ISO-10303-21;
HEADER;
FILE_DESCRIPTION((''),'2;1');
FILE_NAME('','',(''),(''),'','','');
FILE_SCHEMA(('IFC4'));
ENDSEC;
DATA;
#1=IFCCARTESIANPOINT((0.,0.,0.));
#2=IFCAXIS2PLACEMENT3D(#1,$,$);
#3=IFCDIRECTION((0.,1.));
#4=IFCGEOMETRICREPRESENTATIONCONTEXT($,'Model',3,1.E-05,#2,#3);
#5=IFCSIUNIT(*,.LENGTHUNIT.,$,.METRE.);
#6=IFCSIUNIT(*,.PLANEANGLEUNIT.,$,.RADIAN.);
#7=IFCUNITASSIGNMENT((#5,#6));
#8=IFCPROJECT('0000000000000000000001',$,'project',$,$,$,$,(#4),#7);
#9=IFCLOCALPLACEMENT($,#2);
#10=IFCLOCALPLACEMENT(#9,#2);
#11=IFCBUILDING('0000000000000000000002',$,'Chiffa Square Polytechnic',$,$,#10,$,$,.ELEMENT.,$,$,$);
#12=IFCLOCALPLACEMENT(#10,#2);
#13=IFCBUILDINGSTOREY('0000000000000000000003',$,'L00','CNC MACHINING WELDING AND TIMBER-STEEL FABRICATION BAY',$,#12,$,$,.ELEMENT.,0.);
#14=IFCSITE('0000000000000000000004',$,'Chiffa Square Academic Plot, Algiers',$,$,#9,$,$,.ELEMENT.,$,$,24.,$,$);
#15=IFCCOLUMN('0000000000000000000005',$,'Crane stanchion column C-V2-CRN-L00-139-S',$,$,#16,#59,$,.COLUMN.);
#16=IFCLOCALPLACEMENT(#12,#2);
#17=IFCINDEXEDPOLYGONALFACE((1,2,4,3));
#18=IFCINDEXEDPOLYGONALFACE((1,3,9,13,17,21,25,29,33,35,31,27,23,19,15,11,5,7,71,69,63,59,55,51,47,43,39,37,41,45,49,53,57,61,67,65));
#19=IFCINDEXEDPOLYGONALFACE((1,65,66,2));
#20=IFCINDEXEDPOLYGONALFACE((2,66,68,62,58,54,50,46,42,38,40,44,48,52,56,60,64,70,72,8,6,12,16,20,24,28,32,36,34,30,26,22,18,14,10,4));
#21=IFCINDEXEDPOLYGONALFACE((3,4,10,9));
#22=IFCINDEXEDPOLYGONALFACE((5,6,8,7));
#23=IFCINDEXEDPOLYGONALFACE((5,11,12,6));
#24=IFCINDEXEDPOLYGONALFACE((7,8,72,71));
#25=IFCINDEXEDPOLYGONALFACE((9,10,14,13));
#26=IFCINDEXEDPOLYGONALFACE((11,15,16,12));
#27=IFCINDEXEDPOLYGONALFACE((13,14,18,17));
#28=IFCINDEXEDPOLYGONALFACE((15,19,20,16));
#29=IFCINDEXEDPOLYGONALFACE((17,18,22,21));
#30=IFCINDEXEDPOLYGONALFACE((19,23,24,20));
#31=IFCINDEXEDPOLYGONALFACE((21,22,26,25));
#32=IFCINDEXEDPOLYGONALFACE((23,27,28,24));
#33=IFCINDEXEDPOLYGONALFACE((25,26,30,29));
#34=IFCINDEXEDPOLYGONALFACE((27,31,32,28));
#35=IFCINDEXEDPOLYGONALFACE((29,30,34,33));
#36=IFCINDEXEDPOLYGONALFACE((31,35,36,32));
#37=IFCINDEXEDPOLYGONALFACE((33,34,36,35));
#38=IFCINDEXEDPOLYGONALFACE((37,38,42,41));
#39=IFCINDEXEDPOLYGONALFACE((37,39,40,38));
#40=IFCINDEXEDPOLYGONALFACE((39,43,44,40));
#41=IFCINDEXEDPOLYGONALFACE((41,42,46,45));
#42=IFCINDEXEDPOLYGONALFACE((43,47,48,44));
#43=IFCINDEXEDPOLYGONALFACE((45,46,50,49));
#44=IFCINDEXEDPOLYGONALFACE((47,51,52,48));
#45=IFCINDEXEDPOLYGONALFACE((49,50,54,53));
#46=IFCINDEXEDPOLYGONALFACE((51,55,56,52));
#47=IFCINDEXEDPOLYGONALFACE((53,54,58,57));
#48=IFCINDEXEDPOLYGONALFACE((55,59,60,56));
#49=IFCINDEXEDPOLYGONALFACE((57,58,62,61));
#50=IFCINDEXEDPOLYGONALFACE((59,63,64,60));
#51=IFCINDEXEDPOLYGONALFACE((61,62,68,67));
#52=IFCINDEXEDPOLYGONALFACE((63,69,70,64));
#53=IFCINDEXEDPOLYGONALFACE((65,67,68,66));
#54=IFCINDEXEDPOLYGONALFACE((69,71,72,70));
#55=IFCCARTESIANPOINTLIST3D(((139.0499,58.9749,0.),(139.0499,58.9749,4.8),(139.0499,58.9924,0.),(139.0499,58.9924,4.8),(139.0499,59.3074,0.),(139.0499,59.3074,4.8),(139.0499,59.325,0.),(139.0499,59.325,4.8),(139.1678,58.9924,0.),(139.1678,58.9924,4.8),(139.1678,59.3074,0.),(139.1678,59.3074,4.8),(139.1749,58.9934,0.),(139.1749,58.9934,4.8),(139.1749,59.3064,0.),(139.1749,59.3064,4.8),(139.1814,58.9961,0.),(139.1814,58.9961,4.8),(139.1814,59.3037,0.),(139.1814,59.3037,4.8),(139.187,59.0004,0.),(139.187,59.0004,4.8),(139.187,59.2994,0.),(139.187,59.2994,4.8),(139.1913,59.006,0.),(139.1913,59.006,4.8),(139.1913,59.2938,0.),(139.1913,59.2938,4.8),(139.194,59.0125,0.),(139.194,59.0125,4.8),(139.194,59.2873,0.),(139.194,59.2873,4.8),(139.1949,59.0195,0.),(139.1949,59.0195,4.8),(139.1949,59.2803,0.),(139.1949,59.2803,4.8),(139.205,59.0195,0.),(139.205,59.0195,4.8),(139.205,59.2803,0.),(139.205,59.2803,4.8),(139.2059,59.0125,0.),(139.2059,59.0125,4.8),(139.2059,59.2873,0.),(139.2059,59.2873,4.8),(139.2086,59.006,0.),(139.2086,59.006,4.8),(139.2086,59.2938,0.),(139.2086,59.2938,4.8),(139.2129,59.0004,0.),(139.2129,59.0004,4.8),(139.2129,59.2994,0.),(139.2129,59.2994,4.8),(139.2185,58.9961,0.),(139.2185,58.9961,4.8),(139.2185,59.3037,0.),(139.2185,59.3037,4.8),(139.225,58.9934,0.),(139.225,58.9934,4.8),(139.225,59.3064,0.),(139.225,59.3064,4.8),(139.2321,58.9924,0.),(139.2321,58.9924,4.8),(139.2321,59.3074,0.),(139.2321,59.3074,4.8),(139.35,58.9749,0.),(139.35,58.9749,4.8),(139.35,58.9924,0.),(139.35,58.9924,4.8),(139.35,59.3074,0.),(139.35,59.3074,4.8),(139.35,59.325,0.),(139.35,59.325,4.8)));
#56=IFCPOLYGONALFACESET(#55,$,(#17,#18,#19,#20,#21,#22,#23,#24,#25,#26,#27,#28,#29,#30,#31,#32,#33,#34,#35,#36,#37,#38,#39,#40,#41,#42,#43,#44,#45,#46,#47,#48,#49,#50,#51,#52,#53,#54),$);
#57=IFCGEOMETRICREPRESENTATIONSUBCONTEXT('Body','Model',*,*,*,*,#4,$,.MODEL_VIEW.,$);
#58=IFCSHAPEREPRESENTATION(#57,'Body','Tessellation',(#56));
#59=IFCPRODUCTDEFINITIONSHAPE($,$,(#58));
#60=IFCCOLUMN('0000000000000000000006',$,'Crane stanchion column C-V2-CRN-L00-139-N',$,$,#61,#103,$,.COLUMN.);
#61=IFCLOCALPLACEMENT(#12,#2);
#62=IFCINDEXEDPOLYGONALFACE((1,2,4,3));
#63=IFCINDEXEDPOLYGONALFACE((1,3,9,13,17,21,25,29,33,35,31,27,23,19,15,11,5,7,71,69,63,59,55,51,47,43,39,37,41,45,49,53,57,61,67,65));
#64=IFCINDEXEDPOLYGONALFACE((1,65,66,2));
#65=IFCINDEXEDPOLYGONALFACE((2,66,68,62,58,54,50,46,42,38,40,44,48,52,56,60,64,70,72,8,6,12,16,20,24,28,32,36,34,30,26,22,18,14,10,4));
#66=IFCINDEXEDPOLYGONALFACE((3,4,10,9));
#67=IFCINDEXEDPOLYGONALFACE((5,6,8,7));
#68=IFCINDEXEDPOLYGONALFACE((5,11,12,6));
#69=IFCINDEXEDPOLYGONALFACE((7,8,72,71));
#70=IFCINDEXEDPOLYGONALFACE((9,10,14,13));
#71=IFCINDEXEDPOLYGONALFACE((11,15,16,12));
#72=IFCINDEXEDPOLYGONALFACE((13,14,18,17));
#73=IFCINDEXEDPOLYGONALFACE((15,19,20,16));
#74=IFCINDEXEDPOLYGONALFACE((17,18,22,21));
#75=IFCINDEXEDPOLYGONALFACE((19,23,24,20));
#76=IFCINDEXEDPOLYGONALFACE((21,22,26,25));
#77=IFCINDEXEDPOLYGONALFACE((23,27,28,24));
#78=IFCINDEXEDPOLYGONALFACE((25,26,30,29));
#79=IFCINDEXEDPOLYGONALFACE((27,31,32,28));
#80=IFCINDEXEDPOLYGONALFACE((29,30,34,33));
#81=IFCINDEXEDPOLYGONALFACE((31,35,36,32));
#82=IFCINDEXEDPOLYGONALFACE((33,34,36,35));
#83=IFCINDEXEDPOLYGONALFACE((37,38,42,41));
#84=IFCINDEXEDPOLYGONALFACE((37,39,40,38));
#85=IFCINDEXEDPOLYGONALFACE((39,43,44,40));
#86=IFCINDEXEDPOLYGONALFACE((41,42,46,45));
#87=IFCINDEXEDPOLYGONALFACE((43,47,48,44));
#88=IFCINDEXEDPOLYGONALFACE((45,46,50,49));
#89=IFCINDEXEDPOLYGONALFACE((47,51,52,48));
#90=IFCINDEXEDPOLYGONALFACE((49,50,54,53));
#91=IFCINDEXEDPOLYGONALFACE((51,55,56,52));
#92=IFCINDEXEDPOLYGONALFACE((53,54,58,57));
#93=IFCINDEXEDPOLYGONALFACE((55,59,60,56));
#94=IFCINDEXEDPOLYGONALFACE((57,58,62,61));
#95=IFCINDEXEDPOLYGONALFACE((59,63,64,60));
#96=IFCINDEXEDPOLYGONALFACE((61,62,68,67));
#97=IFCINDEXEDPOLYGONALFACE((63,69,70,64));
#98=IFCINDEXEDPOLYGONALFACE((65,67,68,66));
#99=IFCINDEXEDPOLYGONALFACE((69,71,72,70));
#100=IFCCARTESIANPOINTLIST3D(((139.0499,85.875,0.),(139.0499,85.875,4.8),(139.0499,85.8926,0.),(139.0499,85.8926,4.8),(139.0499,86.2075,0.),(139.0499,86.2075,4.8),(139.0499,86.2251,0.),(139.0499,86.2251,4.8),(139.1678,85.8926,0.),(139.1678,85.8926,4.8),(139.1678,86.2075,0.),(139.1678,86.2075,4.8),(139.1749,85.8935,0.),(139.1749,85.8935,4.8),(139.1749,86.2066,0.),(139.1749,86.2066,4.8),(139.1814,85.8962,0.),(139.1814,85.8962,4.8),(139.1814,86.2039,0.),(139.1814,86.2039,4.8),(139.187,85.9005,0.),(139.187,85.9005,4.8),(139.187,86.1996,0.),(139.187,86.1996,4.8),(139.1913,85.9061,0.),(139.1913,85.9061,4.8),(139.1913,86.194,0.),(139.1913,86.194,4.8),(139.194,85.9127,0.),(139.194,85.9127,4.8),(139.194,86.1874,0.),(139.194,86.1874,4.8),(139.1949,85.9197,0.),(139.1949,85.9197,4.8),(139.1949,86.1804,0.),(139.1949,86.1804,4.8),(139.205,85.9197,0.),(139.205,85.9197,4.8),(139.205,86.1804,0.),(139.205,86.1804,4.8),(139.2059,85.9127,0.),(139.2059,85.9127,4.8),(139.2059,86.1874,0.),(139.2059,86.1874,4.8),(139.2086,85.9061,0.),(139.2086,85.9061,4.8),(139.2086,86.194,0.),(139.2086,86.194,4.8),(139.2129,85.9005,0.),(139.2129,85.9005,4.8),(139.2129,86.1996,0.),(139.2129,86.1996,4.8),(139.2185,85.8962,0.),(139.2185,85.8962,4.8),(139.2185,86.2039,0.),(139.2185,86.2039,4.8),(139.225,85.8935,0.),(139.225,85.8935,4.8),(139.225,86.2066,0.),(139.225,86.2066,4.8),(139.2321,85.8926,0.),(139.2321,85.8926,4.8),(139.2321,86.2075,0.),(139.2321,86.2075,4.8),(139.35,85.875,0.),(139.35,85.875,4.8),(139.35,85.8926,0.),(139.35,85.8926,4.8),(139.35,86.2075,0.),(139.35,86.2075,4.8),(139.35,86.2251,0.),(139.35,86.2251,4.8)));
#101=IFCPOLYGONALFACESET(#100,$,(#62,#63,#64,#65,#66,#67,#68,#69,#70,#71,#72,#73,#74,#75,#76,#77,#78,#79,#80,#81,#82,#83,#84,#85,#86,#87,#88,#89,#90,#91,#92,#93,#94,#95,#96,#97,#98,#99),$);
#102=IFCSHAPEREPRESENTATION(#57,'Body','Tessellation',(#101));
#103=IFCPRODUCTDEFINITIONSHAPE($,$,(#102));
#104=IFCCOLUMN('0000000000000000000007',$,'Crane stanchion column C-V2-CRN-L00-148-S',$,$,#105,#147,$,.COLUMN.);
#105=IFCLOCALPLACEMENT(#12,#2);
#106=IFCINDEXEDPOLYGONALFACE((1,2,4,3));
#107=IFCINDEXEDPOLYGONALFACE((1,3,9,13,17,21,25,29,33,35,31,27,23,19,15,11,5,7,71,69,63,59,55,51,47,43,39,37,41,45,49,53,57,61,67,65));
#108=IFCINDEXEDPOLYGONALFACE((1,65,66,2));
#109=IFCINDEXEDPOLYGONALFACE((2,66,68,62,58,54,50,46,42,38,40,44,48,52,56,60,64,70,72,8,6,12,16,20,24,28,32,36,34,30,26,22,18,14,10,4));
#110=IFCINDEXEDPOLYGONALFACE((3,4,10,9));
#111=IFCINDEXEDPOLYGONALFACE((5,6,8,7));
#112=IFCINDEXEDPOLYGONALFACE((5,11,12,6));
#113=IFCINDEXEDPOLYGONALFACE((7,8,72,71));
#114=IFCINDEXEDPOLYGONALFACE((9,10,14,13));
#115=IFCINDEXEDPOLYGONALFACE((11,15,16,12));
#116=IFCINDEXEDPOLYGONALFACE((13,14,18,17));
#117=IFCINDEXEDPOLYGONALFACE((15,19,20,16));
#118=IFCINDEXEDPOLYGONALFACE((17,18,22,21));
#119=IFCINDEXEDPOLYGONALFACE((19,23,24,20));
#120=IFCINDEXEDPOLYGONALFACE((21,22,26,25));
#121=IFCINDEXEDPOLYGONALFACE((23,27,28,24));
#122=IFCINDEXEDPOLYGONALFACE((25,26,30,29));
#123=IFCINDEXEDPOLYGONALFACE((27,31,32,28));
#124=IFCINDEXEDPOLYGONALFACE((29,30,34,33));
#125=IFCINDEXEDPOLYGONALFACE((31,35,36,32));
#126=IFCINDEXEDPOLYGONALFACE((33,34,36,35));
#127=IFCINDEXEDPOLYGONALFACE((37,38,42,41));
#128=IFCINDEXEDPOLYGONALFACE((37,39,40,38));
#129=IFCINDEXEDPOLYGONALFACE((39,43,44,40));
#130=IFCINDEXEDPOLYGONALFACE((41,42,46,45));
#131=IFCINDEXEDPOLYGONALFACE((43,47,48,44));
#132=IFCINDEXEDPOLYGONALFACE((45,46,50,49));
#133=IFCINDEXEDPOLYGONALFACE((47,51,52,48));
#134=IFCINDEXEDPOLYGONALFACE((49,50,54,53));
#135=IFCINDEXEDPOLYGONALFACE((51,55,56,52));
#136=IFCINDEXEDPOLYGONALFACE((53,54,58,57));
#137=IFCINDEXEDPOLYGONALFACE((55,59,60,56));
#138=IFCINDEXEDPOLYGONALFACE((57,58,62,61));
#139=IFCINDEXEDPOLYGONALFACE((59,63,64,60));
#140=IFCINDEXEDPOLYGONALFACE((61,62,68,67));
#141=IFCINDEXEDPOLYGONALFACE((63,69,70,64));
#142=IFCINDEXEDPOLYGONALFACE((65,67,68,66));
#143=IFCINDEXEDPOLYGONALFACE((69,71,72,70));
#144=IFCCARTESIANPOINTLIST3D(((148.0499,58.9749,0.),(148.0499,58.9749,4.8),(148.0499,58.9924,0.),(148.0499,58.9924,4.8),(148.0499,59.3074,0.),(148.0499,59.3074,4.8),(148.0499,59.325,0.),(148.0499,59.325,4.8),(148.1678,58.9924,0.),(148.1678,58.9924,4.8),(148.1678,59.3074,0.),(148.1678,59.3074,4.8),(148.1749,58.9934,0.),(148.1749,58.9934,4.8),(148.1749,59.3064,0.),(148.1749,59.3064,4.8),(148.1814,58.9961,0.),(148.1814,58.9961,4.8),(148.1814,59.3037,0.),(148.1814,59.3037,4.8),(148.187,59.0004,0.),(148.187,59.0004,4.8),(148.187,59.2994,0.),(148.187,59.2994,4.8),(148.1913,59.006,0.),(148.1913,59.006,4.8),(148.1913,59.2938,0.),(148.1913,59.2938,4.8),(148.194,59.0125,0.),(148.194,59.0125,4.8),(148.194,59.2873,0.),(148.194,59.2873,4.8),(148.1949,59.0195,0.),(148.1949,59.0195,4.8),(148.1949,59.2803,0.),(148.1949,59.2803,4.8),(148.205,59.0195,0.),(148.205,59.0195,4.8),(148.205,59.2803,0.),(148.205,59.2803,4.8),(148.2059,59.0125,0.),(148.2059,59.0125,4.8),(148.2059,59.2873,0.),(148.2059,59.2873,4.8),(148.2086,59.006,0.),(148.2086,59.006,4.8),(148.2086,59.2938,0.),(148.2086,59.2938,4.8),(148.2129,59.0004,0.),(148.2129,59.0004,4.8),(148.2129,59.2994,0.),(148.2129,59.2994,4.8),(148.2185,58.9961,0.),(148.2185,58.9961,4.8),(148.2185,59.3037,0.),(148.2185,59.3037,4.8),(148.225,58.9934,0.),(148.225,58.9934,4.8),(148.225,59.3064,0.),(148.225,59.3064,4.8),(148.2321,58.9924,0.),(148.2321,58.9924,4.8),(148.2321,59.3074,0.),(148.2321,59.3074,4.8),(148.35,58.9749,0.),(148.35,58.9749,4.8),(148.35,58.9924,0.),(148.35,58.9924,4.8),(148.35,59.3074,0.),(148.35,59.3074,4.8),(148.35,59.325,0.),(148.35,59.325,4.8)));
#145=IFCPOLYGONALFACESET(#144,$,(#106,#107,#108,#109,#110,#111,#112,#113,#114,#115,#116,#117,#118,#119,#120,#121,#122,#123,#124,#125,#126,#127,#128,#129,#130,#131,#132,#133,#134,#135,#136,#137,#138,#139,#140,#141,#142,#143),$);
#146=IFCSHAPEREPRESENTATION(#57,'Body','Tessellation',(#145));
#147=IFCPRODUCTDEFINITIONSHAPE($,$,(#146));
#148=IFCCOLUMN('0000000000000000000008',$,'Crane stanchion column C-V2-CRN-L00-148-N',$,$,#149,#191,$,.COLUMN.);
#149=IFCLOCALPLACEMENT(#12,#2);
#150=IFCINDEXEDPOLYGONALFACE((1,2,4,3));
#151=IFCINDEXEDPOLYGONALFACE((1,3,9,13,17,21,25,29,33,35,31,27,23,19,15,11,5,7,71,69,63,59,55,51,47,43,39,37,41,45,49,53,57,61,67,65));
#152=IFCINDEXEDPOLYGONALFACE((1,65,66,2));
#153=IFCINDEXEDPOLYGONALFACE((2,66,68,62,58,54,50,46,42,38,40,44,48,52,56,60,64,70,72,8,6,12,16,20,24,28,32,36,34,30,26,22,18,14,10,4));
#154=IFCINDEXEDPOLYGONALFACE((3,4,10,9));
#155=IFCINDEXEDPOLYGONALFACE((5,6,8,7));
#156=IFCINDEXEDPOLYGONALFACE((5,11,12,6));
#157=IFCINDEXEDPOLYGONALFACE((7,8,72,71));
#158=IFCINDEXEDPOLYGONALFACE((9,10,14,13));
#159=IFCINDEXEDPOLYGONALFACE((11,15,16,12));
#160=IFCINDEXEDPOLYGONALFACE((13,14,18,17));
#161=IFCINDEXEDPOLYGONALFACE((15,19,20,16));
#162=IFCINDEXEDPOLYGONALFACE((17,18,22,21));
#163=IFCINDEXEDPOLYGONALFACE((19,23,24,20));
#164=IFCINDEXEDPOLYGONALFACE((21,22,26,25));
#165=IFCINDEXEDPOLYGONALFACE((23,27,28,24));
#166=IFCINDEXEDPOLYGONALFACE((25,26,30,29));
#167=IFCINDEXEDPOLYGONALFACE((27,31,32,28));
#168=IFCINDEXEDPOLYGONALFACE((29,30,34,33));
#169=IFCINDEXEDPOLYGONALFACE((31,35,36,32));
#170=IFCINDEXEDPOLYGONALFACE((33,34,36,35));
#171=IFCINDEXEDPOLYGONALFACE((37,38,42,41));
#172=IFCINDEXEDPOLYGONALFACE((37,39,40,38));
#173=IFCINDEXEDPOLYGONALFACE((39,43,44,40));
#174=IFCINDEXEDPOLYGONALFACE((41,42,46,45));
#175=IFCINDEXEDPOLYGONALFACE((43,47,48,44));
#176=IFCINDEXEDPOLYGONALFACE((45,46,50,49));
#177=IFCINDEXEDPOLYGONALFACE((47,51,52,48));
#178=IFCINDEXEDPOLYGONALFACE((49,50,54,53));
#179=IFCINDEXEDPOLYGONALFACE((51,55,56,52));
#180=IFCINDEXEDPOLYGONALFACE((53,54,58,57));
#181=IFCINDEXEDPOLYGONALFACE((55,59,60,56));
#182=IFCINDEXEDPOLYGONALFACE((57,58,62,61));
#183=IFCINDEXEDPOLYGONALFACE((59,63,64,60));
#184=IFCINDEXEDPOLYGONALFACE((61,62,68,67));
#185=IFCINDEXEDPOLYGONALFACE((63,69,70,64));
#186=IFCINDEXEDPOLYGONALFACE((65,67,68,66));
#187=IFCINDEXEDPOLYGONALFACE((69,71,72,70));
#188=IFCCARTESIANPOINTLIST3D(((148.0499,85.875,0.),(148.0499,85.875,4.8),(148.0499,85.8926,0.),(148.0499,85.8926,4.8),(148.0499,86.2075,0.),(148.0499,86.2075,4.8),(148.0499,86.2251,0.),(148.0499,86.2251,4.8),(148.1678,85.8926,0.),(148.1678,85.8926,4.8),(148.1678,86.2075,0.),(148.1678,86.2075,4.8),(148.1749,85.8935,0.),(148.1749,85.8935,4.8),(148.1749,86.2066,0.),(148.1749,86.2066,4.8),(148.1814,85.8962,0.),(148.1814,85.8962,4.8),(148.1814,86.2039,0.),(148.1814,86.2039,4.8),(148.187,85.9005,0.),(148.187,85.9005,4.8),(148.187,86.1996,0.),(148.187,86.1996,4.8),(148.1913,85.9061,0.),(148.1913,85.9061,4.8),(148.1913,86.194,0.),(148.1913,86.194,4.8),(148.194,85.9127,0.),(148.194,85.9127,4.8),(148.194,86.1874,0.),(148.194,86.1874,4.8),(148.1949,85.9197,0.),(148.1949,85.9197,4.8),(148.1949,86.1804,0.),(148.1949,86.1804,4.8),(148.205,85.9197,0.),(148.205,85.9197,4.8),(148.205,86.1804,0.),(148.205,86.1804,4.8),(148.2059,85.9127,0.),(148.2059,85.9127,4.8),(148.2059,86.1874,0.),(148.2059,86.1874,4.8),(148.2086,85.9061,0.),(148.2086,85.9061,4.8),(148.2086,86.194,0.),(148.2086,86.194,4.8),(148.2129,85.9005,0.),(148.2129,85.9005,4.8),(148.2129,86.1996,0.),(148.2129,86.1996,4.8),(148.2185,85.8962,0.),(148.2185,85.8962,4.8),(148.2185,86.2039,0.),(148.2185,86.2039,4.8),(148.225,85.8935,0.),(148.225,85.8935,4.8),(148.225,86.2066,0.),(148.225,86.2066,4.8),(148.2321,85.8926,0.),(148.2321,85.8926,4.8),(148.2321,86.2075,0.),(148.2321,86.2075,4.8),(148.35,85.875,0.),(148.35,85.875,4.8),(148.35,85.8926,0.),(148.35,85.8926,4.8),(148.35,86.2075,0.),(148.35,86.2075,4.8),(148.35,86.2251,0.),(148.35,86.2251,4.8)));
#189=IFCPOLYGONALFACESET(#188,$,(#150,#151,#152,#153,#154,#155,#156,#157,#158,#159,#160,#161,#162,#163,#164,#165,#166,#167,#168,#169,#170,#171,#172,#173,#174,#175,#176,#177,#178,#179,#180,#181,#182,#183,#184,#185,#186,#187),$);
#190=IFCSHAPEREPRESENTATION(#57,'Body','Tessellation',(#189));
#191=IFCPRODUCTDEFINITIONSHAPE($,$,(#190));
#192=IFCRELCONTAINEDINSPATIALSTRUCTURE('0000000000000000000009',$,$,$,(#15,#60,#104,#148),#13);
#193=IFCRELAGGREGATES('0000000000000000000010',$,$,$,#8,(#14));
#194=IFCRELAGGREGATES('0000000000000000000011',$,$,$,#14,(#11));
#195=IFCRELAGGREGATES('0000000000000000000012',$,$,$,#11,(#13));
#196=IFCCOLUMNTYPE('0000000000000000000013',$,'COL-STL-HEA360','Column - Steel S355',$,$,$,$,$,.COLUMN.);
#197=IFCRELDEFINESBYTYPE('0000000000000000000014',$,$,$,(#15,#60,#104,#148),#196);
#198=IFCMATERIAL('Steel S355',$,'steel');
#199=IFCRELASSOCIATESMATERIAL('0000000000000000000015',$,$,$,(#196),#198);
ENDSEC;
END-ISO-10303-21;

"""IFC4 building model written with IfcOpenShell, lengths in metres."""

from ifc_helpers import new_model, si_unit, direction, frame, origin, origin_2d, place, context, subcontext, project, spatial, i_section, extrude, material, material_profile, profile_set, type_object, element, save


model = new_model("IFC4")

# Units and contexts
model_context = context("Model", 3, precision=1e-05, world=origin(), true_north=direction((0.0, 1.0)))
body_context = subcontext(model_context, "Body", "Model", "MODEL_VIEW")
ifc_project = project(units=[si_unit("LENGTHUNIT", "METRE"), si_unit("PLANEANGLEUNIT", "RADIAN")], contexts=[model_context])

# Site, building, storey
site_placement = place(None, origin())
site = spatial("IfcSite", under=ifc_project, at=site_placement, Name="Chiffa Square Academic Plot, Algiers", CompositionType="ELEMENT", RefElevation=24.0)
building_placement = place(site_placement, origin())
building = spatial("IfcBuilding", under=site, at=building_placement, Name="Chiffa Square Polytechnic", CompositionType="ELEMENT")
storey_placement = place(building_placement, origin())
storey = spatial("IfcBuildingStorey", under=building, at=storey_placement, Name="L00", Description="CNC MACHINING WELDING AND TIMBER-STEEL FABRICATION BAY", CompositionType="ELEMENT", Elevation=0.0)

# Columns
ifc_material_1 = material(Name="Steel S355", Category="steel")
ifc_material_profile_1 = material_profile(ifc_material_1, i_section(OverallWidth=0.3, OverallDepth=0.3501, WebThickness=0.01, FlangeThickness=0.0176, FilletRadius=0.0271, at=origin_2d()), Name="HEA 360")
ifc_profile_set_1 = profile_set([ifc_material_profile_1], Name="Steel S355")
column_type_1 = type_object("IfcColumnType", Name="COL-STL-HEA360", Description="Column - Steel S355", PredefinedType="COLUMN", material=ifc_profile_set_1)
for number, where, z_axis, x_axis, name in (
    (1, (139.2, 59.1499, 0.0), (0.0, 0.0, 1.0), (1.0, 0.0, 0.0), "Crane stanchion column C-V2-CRN-L00-139-S"),
    (2, (139.2, 86.05, 0.0), (0.0, 0.0, 1.0), (1.0, 0.0, 0.0), "Crane stanchion column C-V2-CRN-L00-139-N"),
    (3, (148.2, 59.1499, 0.0), (0.0, 0.0, 1.0), (1.0, 0.0, 0.0), "Crane stanchion column C-V2-CRN-L00-148-S"),
    (4, (148.2, 86.05, 0.0), (0.0, 0.0, 1.0), (1.0, 0.0, 0.0), "Crane stanchion column C-V2-CRN-L00-148-N"),
):
    element("IfcColumn", number, at=place(storey_placement, frame(where, z_axis=z_axis, x_axis=x_axis)), inside=storey, type_object=column_type_1, Name=name, PredefinedType="COLUMN", context=body_context, shape_type="SweptSolid", body=[
        extrude(i_section(OverallWidth=0.3, OverallDepth=0.3501, WebThickness=0.01, FlangeThickness=0.0176, FilletRadius=0.0271, at=origin_2d()), origin(), (0.0, 0.0, 1.0), 4.8),
    ])

save(model, "model.ifc")
